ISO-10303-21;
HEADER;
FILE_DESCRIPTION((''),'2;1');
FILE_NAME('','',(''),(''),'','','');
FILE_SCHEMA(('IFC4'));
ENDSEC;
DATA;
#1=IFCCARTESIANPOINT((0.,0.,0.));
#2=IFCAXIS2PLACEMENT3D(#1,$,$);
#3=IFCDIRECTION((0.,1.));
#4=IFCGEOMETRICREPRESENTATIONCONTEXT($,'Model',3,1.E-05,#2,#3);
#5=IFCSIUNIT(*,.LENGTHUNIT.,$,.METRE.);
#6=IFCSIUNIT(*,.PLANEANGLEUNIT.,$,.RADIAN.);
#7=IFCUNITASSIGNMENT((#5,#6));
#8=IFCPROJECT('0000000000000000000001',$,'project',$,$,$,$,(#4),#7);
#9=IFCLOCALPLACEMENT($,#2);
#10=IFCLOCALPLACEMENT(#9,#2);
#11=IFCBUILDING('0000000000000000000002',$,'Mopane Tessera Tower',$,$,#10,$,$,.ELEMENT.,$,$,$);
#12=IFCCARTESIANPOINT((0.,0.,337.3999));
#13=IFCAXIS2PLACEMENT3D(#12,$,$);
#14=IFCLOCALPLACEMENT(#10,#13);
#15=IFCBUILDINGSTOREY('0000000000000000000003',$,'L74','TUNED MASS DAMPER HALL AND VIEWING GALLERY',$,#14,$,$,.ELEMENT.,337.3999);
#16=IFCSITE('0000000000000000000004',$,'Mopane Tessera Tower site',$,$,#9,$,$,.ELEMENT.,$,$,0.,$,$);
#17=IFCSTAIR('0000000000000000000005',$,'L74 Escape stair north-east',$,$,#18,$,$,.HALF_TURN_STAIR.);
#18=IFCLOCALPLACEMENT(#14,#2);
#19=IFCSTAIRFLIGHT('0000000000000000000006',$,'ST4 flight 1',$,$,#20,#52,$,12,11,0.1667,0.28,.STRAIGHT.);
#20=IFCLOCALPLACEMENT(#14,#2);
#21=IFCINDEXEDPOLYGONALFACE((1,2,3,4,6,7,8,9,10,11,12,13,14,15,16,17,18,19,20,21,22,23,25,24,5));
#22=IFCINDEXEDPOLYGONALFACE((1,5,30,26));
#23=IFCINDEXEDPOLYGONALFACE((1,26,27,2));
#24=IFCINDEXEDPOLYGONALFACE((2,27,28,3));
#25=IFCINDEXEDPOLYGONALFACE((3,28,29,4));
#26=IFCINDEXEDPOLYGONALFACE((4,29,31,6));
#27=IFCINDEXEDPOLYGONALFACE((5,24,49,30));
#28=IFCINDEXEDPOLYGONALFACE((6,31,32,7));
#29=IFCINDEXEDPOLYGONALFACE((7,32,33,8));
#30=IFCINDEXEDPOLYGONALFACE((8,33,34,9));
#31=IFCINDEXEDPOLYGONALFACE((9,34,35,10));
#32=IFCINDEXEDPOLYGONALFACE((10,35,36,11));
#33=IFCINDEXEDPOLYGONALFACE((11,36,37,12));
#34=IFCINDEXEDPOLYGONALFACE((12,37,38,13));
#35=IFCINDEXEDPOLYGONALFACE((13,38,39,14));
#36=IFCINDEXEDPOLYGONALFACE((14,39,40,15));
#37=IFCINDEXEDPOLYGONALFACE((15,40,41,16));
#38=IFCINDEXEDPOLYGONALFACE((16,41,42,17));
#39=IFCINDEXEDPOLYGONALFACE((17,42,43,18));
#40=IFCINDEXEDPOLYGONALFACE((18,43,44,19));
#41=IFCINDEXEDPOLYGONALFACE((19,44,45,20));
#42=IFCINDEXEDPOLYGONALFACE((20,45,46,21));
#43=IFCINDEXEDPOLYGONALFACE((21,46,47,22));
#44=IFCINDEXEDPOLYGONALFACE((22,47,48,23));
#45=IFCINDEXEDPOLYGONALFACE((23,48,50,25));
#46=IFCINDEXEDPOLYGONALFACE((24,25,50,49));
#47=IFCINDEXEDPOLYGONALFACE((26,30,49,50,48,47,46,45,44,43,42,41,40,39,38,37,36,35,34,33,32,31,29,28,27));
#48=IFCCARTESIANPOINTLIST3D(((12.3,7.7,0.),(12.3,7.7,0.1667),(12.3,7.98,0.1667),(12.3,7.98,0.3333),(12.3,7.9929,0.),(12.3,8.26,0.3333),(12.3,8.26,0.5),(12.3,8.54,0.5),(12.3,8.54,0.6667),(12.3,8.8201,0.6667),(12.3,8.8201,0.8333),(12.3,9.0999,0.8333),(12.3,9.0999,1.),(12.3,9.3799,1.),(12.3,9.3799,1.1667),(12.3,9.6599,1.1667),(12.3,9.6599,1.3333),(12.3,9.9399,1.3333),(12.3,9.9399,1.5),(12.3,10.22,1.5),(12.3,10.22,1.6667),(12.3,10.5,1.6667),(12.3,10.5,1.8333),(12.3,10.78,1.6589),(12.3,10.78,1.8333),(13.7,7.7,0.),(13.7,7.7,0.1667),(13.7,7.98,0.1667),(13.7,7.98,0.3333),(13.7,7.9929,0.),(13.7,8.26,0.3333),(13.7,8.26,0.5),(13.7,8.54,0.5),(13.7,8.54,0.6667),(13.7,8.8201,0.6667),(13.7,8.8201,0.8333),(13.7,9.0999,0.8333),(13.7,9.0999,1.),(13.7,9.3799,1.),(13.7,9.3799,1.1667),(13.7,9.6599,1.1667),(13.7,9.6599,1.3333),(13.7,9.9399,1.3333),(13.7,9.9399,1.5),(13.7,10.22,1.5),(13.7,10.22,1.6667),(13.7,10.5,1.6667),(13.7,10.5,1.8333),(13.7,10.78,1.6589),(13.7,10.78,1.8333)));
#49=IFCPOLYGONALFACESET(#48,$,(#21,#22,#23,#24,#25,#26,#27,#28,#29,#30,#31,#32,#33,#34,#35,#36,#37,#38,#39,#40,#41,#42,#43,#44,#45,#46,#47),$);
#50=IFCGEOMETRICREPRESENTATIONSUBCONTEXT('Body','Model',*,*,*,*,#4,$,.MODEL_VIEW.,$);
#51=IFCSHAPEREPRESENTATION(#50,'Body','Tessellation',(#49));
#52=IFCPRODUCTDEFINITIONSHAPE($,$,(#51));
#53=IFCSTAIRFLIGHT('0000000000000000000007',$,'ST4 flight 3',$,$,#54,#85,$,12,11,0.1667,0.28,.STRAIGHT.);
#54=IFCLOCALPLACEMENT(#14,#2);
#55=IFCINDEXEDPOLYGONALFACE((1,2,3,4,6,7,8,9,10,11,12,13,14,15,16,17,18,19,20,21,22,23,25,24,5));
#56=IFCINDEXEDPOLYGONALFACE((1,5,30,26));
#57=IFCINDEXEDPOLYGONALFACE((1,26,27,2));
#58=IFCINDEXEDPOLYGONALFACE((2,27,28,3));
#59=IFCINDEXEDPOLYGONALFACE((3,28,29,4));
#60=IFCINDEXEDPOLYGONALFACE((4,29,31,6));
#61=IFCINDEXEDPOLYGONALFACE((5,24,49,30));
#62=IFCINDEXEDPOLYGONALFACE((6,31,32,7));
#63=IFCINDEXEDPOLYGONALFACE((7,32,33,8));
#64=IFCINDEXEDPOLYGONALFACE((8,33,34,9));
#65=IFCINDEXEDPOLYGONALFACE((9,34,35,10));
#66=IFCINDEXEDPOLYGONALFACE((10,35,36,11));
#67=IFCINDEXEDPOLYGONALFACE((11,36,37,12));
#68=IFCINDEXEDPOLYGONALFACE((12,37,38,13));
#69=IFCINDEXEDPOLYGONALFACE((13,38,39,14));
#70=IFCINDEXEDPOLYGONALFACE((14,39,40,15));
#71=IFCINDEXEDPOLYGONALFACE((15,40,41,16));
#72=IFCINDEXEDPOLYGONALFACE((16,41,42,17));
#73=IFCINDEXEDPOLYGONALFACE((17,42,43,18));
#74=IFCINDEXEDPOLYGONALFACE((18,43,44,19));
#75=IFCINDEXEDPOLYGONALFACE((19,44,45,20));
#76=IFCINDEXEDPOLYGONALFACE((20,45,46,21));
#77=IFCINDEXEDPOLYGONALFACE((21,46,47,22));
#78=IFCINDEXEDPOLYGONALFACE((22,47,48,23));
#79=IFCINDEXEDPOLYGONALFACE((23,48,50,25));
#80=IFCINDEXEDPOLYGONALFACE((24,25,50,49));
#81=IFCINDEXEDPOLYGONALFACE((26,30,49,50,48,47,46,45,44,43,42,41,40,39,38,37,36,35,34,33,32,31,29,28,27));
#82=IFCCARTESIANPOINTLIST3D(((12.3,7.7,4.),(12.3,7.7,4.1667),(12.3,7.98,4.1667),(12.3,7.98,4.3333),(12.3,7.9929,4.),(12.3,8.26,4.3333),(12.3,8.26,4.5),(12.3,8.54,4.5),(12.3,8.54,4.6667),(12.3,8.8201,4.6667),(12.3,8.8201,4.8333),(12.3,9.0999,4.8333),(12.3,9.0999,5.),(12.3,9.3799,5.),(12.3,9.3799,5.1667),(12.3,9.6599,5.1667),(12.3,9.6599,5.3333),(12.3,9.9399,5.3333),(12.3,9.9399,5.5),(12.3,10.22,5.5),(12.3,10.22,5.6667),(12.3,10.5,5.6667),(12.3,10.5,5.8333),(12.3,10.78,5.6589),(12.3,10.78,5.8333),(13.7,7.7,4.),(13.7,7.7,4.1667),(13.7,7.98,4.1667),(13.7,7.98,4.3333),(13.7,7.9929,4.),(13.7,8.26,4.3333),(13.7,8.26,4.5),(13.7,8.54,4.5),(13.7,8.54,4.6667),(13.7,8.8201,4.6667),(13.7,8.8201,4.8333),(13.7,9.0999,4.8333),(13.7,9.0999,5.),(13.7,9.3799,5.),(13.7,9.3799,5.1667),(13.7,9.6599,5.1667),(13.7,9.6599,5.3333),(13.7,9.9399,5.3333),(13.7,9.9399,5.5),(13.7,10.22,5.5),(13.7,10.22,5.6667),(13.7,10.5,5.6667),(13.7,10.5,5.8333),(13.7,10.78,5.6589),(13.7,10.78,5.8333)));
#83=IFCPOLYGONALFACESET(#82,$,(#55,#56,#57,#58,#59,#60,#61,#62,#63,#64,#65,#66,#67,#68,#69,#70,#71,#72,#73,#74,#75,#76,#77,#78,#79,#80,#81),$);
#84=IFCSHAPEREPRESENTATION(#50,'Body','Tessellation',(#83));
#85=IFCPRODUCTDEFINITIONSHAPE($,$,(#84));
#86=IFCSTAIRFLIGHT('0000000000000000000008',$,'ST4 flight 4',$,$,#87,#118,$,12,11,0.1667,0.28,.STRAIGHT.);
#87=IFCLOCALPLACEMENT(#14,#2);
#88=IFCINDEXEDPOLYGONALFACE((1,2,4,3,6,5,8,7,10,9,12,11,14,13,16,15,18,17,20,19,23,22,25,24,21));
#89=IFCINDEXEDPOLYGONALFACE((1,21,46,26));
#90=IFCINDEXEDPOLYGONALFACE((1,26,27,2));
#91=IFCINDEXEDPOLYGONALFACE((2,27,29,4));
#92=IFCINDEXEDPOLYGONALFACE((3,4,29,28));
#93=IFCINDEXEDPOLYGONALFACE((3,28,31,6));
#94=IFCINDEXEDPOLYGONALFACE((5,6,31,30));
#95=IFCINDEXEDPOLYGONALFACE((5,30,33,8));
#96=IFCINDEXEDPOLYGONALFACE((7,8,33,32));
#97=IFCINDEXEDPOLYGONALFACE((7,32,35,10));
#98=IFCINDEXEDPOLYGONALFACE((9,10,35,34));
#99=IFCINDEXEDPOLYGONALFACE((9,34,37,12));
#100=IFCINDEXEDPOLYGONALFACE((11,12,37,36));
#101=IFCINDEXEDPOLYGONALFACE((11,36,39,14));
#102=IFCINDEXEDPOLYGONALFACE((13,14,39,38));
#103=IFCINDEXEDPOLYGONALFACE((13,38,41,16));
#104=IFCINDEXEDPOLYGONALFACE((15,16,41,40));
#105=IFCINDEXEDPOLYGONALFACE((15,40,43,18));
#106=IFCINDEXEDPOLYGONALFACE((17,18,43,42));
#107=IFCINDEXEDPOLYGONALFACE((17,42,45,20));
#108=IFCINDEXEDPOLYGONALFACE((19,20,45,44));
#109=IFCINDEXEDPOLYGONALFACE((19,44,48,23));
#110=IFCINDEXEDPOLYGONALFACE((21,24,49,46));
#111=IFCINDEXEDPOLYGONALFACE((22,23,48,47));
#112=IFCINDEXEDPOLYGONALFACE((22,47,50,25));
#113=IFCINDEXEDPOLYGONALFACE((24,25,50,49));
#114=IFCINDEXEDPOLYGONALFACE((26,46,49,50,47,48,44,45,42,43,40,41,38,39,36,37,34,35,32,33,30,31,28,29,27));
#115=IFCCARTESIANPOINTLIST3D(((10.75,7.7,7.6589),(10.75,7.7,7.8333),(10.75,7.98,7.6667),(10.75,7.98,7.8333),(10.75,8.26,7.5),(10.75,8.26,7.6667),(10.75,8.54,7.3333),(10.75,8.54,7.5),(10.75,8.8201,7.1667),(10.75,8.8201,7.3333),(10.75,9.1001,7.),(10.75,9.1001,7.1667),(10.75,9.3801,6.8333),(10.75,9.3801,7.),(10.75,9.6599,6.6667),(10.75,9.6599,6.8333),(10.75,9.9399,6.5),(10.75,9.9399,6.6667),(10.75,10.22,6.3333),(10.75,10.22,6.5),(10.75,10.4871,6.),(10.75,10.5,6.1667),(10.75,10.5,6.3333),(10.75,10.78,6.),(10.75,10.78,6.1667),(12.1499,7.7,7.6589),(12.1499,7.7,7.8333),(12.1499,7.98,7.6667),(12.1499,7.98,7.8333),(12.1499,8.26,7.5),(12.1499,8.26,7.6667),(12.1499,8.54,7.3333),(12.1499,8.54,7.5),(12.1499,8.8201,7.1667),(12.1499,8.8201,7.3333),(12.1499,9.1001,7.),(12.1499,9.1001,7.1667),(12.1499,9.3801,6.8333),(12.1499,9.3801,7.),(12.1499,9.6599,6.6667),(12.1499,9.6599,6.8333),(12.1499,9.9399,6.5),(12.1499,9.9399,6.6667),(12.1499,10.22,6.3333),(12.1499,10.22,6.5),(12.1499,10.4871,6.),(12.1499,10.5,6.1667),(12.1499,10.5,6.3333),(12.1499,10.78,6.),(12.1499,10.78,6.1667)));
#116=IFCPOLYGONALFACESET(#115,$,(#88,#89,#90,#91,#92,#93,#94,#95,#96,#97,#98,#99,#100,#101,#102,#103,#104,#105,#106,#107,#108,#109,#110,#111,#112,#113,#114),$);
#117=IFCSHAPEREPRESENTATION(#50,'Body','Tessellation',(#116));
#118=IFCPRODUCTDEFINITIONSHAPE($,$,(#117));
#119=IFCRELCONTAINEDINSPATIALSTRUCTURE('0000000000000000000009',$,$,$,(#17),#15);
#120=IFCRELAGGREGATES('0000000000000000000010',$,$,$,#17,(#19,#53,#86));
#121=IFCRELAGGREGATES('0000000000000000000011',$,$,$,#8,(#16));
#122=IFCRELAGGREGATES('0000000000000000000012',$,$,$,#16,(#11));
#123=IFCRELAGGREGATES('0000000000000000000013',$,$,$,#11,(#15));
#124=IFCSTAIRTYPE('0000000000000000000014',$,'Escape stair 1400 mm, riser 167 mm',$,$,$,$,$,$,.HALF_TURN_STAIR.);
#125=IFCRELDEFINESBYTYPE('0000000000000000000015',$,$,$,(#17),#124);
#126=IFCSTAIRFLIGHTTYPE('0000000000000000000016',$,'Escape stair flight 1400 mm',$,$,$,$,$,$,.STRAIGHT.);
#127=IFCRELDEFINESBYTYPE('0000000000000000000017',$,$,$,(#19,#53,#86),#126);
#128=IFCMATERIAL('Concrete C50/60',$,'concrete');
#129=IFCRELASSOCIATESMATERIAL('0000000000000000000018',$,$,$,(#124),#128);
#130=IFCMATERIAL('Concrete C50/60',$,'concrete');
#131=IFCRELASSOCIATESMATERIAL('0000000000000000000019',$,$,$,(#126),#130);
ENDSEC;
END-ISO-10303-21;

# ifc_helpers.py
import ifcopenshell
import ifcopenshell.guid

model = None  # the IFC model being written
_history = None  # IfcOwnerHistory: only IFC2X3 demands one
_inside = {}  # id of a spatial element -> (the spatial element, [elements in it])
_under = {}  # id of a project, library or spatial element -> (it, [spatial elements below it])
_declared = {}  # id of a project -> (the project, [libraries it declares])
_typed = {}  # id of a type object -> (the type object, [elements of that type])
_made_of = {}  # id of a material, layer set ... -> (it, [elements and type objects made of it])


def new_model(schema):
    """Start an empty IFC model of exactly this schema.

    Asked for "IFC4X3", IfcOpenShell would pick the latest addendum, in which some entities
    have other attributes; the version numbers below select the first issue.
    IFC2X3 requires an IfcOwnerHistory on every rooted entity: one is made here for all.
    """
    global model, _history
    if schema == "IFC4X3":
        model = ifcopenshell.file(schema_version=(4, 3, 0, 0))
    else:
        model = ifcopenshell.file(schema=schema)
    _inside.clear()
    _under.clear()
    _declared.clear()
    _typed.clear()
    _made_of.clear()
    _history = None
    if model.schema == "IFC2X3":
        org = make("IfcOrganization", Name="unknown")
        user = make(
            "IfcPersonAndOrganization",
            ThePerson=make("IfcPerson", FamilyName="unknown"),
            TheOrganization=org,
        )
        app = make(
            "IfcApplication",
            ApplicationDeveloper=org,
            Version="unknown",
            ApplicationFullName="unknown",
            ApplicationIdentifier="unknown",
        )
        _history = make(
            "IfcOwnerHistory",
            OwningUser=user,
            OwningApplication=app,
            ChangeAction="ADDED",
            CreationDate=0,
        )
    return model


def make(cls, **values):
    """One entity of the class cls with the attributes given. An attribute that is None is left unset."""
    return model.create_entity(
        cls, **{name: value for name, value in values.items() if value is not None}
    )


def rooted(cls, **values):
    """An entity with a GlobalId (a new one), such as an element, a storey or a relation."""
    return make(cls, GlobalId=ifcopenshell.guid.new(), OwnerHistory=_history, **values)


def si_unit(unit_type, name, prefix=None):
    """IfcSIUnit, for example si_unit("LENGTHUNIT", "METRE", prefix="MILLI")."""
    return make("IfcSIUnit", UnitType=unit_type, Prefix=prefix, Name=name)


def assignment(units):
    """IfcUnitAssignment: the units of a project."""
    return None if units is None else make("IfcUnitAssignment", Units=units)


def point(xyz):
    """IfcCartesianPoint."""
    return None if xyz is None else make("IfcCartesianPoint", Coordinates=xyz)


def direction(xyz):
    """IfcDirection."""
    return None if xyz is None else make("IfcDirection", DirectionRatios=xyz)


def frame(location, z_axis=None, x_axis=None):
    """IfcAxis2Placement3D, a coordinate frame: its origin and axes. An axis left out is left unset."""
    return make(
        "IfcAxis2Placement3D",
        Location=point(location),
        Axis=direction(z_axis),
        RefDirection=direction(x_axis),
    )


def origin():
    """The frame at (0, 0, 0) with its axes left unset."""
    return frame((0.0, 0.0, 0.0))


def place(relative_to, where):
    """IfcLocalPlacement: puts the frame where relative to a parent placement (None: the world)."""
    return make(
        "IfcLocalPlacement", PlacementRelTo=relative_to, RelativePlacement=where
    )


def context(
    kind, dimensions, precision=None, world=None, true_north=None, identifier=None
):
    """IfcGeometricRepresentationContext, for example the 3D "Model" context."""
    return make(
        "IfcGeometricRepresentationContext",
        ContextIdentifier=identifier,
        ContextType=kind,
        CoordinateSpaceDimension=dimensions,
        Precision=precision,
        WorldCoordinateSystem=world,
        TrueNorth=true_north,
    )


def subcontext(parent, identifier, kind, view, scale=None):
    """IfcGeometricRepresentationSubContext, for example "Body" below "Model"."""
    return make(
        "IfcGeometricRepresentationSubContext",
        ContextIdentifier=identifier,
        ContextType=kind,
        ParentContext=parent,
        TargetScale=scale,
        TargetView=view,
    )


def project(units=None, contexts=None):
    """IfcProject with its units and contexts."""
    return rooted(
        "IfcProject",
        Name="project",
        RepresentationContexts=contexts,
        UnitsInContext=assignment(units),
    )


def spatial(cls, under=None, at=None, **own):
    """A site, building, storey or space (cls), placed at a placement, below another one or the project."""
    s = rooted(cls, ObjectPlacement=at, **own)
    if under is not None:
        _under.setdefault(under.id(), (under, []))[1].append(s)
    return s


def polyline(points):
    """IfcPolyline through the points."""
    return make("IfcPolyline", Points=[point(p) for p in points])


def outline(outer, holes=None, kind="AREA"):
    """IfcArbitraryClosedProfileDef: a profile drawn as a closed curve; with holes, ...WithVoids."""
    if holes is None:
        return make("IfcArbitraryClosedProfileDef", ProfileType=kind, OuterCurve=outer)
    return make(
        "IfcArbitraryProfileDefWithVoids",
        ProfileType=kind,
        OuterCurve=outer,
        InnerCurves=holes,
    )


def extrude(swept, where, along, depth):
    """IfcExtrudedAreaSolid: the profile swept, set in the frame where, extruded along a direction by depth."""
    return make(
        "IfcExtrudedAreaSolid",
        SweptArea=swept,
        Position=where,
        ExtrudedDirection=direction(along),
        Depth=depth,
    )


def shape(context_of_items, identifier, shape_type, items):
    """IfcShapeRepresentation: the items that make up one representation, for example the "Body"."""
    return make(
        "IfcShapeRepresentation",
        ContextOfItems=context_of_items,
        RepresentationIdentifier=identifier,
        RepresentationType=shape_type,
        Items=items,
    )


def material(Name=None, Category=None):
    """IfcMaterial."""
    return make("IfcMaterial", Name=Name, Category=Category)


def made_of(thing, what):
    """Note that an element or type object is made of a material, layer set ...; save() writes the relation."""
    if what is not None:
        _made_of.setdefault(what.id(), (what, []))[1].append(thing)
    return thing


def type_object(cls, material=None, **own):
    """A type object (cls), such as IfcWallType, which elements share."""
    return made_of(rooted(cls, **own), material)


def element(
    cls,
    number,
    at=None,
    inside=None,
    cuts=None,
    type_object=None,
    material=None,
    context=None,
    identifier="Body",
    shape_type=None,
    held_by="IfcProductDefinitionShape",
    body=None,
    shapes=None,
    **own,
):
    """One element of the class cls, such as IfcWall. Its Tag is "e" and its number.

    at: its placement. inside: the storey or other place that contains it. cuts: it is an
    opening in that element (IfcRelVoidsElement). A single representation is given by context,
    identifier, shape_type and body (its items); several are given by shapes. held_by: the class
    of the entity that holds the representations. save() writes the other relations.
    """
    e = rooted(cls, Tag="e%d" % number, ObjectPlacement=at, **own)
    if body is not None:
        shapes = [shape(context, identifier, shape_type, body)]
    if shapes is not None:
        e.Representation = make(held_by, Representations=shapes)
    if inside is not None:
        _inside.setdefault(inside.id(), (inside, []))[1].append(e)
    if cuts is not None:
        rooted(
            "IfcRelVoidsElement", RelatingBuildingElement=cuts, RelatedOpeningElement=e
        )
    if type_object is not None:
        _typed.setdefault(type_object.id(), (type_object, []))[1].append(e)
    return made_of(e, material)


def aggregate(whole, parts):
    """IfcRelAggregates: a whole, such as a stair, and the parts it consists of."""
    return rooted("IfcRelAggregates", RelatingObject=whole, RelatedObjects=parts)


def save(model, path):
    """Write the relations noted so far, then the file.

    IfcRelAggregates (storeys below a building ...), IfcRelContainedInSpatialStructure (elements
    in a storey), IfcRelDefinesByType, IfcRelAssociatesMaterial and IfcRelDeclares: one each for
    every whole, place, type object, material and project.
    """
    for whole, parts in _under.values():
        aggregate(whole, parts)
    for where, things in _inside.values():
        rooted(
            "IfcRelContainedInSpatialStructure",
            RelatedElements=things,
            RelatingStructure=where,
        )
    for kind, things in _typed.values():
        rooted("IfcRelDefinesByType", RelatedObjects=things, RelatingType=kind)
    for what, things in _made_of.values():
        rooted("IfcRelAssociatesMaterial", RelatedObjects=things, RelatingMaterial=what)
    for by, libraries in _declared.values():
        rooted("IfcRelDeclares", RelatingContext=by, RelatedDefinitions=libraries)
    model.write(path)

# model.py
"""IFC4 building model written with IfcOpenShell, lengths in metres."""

from ifc_helpers import new_model, si_unit, direction, frame, origin, place, context, subcontext, project, spatial, polyline, outline, extrude, material, type_object, element, aggregate, save


model = new_model("IFC4")

# Units and contexts
model_context = context("Model", 3, precision=1e-05, world=origin(), true_north=direction((0.0, 1.0)))
body_context = subcontext(model_context, "Body", "Model", "MODEL_VIEW")
ifc_project = project(units=[si_unit("LENGTHUNIT", "METRE"), si_unit("PLANEANGLEUNIT", "RADIAN")], contexts=[model_context])

# Site, building, storey
site_placement = place(None, origin())
site = spatial("IfcSite", under=ifc_project, at=site_placement, Name="Mopane Tessera Tower site", CompositionType="ELEMENT", RefElevation=0.0)
building_placement = place(site_placement, origin())
building = spatial("IfcBuilding", under=site, at=building_placement, Name="Mopane Tessera Tower", CompositionType="ELEMENT")
storey_placement = place(building_placement, frame((0.0, 0.0, 337.3999)))
storey = spatial("IfcBuildingStorey", under=building, at=storey_placement, Name="L74", Description="TUNED MASS DAMPER HALL AND VIEWING GALLERY", CompositionType="ELEMENT", Elevation=337.3999)

# Stair, stair flights
ifc_material_1 = material(Name="Concrete C50/60", Category="concrete")
stair_type = type_object("IfcStairType", Name="Escape stair 1400 mm, riser 167 mm", PredefinedType="HALF_TURN_STAIR", material=ifc_material_1)
stair_placement = place(storey_placement, origin())
stair = element("IfcStair", 1, at=stair_placement, inside=storey, type_object=stair_type, Name="L74 Escape stair north-east", PredefinedType="HALF_TURN_STAIR")
ifc_material_2 = material(Name="Concrete C50/60", Category="concrete")
stair_flight_type = type_object("IfcStairFlightType", Name="Escape stair flight 1400 mm", PredefinedType="STRAIGHT", material=ifc_material_2)
stair_flight_1_placement = place(storey_placement, frame((13.0, 7.7, 0.0), z_axis=(0.0, 0.0, 1.0), x_axis=(0.0, 1.0, 0.0)))
stair_flight_1 = element("IfcStairFlight", 2, at=stair_flight_1_placement, type_object=stair_flight_type, Name="ST4 flight 1", NumberOfRisers=12, NumberOfTreads=11, PredefinedType="STRAIGHT", RiserHeight=0.1667, TreadLength=0.28, context=body_context, shape_type="SweptSolid", body=[
    extrude(outline(polyline([(0.0, 0.0), (0.0, 0.1667), (0.28, 0.1667), (0.28, 0.3333), (0.5601, 0.3333), (0.5601, 0.5), (0.8401, 0.5), (0.8401, 0.6667), (1.1201, 0.6667), (1.1201, 0.8333), (1.3999, 0.8333), (1.3999, 1.0), (1.6799, 1.0), (1.6799, 1.1667), (1.96, 1.1667), (1.96, 1.3333), (2.24, 1.3333), (2.24, 1.5), (2.52, 1.5), (2.52, 1.6667), (2.8, 1.6667), (2.8, 1.8333), (3.0801, 1.8333), (3.0801, 2.0), (3.0801, 1.6589), (0.293, 0.0), (0.0, 0.0)])), frame((0.0, 0.7, 0.0), z_axis=(0.0, -1.0, 0.0), x_axis=(1.0, 0.0, 0.0)), (0.0, 0.0, 1.0), 1.3999),
])
stair_flight_2_placement = place(storey_placement, frame((13.0, 7.7, 4.0), z_axis=(0.0, 0.0, 1.0), x_axis=(0.0, 1.0, 0.0)))
stair_flight_2 = element("IfcStairFlight", 3, at=stair_flight_2_placement, type_object=stair_flight_type, Name="ST4 flight 3", NumberOfRisers=12, NumberOfTreads=11, PredefinedType="STRAIGHT", RiserHeight=0.1667, TreadLength=0.28, context=body_context, shape_type="SweptSolid", body=[
    extrude(outline(polyline([(0.0, 0.0), (0.0, 0.1667), (0.28, 0.1667), (0.28, 0.3333), (0.5601, 0.3333), (0.5601, 0.5), (0.8401, 0.5), (0.8401, 0.6667), (1.1201, 0.6667), (1.1201, 0.8333), (1.3999, 0.8333), (1.3999, 1.0), (1.6799, 1.0), (1.6799, 1.1667), (1.96, 1.1667), (1.96, 1.3333), (2.24, 1.3333), (2.24, 1.5), (2.52, 1.5), (2.52, 1.6667), (2.8, 1.6667), (2.8, 1.8333), (3.0801, 1.8333), (3.0801, 2.0), (3.0801, 1.6589), (0.293, 0.0), (0.0, 0.0)])), frame((0.0, 0.7, 0.0), z_axis=(0.0, -1.0, 0.0), x_axis=(1.0, 0.0, 0.0)), (0.0, 0.0, 1.0), 1.3999),
])
stair_flight_3_placement = place(storey_placement, frame((11.45, 10.78, 6.0), z_axis=(0.0, 0.0, 1.0), x_axis=(0.0, -1.0, 0.0)))
stair_flight_3 = element("IfcStairFlight", 4, at=stair_flight_3_placement, type_object=stair_flight_type, Name="ST4 flight 4", NumberOfRisers=12, NumberOfTreads=11, PredefinedType="STRAIGHT", RiserHeight=0.1667, TreadLength=0.28, context=body_context, shape_type="SweptSolid", body=[
    extrude(outline(polyline([(0.0, 0.0), (0.0, 0.1667), (0.28, 0.1667), (0.28, 0.3333), (0.5601, 0.3333), (0.5601, 0.5), (0.8401, 0.5), (0.8401, 0.6667), (1.1201, 0.6667), (1.1201, 0.8333), (1.3999, 0.8333), (1.3999, 1.0), (1.6799, 1.0), (1.6799, 1.1667), (1.96, 1.1667), (1.96, 1.3333), (2.24, 1.3333), (2.24, 1.5), (2.52, 1.5), (2.52, 1.6667), (2.8, 1.6667), (2.8, 1.8333), (3.0801, 1.8333), (3.0801, 2.0), (3.0801, 1.6589), (0.293, 0.0), (0.0, 0.0)])), frame((0.0, 0.7, 0.0), z_axis=(0.0, -1.0, 0.0), x_axis=(1.0, 0.0, 0.0)), (0.0, 0.0, 1.0), 1.3999),
])
aggregate(stair, [stair_flight_1, stair_flight_2, stair_flight_3])

save(model, "model.ifc")
